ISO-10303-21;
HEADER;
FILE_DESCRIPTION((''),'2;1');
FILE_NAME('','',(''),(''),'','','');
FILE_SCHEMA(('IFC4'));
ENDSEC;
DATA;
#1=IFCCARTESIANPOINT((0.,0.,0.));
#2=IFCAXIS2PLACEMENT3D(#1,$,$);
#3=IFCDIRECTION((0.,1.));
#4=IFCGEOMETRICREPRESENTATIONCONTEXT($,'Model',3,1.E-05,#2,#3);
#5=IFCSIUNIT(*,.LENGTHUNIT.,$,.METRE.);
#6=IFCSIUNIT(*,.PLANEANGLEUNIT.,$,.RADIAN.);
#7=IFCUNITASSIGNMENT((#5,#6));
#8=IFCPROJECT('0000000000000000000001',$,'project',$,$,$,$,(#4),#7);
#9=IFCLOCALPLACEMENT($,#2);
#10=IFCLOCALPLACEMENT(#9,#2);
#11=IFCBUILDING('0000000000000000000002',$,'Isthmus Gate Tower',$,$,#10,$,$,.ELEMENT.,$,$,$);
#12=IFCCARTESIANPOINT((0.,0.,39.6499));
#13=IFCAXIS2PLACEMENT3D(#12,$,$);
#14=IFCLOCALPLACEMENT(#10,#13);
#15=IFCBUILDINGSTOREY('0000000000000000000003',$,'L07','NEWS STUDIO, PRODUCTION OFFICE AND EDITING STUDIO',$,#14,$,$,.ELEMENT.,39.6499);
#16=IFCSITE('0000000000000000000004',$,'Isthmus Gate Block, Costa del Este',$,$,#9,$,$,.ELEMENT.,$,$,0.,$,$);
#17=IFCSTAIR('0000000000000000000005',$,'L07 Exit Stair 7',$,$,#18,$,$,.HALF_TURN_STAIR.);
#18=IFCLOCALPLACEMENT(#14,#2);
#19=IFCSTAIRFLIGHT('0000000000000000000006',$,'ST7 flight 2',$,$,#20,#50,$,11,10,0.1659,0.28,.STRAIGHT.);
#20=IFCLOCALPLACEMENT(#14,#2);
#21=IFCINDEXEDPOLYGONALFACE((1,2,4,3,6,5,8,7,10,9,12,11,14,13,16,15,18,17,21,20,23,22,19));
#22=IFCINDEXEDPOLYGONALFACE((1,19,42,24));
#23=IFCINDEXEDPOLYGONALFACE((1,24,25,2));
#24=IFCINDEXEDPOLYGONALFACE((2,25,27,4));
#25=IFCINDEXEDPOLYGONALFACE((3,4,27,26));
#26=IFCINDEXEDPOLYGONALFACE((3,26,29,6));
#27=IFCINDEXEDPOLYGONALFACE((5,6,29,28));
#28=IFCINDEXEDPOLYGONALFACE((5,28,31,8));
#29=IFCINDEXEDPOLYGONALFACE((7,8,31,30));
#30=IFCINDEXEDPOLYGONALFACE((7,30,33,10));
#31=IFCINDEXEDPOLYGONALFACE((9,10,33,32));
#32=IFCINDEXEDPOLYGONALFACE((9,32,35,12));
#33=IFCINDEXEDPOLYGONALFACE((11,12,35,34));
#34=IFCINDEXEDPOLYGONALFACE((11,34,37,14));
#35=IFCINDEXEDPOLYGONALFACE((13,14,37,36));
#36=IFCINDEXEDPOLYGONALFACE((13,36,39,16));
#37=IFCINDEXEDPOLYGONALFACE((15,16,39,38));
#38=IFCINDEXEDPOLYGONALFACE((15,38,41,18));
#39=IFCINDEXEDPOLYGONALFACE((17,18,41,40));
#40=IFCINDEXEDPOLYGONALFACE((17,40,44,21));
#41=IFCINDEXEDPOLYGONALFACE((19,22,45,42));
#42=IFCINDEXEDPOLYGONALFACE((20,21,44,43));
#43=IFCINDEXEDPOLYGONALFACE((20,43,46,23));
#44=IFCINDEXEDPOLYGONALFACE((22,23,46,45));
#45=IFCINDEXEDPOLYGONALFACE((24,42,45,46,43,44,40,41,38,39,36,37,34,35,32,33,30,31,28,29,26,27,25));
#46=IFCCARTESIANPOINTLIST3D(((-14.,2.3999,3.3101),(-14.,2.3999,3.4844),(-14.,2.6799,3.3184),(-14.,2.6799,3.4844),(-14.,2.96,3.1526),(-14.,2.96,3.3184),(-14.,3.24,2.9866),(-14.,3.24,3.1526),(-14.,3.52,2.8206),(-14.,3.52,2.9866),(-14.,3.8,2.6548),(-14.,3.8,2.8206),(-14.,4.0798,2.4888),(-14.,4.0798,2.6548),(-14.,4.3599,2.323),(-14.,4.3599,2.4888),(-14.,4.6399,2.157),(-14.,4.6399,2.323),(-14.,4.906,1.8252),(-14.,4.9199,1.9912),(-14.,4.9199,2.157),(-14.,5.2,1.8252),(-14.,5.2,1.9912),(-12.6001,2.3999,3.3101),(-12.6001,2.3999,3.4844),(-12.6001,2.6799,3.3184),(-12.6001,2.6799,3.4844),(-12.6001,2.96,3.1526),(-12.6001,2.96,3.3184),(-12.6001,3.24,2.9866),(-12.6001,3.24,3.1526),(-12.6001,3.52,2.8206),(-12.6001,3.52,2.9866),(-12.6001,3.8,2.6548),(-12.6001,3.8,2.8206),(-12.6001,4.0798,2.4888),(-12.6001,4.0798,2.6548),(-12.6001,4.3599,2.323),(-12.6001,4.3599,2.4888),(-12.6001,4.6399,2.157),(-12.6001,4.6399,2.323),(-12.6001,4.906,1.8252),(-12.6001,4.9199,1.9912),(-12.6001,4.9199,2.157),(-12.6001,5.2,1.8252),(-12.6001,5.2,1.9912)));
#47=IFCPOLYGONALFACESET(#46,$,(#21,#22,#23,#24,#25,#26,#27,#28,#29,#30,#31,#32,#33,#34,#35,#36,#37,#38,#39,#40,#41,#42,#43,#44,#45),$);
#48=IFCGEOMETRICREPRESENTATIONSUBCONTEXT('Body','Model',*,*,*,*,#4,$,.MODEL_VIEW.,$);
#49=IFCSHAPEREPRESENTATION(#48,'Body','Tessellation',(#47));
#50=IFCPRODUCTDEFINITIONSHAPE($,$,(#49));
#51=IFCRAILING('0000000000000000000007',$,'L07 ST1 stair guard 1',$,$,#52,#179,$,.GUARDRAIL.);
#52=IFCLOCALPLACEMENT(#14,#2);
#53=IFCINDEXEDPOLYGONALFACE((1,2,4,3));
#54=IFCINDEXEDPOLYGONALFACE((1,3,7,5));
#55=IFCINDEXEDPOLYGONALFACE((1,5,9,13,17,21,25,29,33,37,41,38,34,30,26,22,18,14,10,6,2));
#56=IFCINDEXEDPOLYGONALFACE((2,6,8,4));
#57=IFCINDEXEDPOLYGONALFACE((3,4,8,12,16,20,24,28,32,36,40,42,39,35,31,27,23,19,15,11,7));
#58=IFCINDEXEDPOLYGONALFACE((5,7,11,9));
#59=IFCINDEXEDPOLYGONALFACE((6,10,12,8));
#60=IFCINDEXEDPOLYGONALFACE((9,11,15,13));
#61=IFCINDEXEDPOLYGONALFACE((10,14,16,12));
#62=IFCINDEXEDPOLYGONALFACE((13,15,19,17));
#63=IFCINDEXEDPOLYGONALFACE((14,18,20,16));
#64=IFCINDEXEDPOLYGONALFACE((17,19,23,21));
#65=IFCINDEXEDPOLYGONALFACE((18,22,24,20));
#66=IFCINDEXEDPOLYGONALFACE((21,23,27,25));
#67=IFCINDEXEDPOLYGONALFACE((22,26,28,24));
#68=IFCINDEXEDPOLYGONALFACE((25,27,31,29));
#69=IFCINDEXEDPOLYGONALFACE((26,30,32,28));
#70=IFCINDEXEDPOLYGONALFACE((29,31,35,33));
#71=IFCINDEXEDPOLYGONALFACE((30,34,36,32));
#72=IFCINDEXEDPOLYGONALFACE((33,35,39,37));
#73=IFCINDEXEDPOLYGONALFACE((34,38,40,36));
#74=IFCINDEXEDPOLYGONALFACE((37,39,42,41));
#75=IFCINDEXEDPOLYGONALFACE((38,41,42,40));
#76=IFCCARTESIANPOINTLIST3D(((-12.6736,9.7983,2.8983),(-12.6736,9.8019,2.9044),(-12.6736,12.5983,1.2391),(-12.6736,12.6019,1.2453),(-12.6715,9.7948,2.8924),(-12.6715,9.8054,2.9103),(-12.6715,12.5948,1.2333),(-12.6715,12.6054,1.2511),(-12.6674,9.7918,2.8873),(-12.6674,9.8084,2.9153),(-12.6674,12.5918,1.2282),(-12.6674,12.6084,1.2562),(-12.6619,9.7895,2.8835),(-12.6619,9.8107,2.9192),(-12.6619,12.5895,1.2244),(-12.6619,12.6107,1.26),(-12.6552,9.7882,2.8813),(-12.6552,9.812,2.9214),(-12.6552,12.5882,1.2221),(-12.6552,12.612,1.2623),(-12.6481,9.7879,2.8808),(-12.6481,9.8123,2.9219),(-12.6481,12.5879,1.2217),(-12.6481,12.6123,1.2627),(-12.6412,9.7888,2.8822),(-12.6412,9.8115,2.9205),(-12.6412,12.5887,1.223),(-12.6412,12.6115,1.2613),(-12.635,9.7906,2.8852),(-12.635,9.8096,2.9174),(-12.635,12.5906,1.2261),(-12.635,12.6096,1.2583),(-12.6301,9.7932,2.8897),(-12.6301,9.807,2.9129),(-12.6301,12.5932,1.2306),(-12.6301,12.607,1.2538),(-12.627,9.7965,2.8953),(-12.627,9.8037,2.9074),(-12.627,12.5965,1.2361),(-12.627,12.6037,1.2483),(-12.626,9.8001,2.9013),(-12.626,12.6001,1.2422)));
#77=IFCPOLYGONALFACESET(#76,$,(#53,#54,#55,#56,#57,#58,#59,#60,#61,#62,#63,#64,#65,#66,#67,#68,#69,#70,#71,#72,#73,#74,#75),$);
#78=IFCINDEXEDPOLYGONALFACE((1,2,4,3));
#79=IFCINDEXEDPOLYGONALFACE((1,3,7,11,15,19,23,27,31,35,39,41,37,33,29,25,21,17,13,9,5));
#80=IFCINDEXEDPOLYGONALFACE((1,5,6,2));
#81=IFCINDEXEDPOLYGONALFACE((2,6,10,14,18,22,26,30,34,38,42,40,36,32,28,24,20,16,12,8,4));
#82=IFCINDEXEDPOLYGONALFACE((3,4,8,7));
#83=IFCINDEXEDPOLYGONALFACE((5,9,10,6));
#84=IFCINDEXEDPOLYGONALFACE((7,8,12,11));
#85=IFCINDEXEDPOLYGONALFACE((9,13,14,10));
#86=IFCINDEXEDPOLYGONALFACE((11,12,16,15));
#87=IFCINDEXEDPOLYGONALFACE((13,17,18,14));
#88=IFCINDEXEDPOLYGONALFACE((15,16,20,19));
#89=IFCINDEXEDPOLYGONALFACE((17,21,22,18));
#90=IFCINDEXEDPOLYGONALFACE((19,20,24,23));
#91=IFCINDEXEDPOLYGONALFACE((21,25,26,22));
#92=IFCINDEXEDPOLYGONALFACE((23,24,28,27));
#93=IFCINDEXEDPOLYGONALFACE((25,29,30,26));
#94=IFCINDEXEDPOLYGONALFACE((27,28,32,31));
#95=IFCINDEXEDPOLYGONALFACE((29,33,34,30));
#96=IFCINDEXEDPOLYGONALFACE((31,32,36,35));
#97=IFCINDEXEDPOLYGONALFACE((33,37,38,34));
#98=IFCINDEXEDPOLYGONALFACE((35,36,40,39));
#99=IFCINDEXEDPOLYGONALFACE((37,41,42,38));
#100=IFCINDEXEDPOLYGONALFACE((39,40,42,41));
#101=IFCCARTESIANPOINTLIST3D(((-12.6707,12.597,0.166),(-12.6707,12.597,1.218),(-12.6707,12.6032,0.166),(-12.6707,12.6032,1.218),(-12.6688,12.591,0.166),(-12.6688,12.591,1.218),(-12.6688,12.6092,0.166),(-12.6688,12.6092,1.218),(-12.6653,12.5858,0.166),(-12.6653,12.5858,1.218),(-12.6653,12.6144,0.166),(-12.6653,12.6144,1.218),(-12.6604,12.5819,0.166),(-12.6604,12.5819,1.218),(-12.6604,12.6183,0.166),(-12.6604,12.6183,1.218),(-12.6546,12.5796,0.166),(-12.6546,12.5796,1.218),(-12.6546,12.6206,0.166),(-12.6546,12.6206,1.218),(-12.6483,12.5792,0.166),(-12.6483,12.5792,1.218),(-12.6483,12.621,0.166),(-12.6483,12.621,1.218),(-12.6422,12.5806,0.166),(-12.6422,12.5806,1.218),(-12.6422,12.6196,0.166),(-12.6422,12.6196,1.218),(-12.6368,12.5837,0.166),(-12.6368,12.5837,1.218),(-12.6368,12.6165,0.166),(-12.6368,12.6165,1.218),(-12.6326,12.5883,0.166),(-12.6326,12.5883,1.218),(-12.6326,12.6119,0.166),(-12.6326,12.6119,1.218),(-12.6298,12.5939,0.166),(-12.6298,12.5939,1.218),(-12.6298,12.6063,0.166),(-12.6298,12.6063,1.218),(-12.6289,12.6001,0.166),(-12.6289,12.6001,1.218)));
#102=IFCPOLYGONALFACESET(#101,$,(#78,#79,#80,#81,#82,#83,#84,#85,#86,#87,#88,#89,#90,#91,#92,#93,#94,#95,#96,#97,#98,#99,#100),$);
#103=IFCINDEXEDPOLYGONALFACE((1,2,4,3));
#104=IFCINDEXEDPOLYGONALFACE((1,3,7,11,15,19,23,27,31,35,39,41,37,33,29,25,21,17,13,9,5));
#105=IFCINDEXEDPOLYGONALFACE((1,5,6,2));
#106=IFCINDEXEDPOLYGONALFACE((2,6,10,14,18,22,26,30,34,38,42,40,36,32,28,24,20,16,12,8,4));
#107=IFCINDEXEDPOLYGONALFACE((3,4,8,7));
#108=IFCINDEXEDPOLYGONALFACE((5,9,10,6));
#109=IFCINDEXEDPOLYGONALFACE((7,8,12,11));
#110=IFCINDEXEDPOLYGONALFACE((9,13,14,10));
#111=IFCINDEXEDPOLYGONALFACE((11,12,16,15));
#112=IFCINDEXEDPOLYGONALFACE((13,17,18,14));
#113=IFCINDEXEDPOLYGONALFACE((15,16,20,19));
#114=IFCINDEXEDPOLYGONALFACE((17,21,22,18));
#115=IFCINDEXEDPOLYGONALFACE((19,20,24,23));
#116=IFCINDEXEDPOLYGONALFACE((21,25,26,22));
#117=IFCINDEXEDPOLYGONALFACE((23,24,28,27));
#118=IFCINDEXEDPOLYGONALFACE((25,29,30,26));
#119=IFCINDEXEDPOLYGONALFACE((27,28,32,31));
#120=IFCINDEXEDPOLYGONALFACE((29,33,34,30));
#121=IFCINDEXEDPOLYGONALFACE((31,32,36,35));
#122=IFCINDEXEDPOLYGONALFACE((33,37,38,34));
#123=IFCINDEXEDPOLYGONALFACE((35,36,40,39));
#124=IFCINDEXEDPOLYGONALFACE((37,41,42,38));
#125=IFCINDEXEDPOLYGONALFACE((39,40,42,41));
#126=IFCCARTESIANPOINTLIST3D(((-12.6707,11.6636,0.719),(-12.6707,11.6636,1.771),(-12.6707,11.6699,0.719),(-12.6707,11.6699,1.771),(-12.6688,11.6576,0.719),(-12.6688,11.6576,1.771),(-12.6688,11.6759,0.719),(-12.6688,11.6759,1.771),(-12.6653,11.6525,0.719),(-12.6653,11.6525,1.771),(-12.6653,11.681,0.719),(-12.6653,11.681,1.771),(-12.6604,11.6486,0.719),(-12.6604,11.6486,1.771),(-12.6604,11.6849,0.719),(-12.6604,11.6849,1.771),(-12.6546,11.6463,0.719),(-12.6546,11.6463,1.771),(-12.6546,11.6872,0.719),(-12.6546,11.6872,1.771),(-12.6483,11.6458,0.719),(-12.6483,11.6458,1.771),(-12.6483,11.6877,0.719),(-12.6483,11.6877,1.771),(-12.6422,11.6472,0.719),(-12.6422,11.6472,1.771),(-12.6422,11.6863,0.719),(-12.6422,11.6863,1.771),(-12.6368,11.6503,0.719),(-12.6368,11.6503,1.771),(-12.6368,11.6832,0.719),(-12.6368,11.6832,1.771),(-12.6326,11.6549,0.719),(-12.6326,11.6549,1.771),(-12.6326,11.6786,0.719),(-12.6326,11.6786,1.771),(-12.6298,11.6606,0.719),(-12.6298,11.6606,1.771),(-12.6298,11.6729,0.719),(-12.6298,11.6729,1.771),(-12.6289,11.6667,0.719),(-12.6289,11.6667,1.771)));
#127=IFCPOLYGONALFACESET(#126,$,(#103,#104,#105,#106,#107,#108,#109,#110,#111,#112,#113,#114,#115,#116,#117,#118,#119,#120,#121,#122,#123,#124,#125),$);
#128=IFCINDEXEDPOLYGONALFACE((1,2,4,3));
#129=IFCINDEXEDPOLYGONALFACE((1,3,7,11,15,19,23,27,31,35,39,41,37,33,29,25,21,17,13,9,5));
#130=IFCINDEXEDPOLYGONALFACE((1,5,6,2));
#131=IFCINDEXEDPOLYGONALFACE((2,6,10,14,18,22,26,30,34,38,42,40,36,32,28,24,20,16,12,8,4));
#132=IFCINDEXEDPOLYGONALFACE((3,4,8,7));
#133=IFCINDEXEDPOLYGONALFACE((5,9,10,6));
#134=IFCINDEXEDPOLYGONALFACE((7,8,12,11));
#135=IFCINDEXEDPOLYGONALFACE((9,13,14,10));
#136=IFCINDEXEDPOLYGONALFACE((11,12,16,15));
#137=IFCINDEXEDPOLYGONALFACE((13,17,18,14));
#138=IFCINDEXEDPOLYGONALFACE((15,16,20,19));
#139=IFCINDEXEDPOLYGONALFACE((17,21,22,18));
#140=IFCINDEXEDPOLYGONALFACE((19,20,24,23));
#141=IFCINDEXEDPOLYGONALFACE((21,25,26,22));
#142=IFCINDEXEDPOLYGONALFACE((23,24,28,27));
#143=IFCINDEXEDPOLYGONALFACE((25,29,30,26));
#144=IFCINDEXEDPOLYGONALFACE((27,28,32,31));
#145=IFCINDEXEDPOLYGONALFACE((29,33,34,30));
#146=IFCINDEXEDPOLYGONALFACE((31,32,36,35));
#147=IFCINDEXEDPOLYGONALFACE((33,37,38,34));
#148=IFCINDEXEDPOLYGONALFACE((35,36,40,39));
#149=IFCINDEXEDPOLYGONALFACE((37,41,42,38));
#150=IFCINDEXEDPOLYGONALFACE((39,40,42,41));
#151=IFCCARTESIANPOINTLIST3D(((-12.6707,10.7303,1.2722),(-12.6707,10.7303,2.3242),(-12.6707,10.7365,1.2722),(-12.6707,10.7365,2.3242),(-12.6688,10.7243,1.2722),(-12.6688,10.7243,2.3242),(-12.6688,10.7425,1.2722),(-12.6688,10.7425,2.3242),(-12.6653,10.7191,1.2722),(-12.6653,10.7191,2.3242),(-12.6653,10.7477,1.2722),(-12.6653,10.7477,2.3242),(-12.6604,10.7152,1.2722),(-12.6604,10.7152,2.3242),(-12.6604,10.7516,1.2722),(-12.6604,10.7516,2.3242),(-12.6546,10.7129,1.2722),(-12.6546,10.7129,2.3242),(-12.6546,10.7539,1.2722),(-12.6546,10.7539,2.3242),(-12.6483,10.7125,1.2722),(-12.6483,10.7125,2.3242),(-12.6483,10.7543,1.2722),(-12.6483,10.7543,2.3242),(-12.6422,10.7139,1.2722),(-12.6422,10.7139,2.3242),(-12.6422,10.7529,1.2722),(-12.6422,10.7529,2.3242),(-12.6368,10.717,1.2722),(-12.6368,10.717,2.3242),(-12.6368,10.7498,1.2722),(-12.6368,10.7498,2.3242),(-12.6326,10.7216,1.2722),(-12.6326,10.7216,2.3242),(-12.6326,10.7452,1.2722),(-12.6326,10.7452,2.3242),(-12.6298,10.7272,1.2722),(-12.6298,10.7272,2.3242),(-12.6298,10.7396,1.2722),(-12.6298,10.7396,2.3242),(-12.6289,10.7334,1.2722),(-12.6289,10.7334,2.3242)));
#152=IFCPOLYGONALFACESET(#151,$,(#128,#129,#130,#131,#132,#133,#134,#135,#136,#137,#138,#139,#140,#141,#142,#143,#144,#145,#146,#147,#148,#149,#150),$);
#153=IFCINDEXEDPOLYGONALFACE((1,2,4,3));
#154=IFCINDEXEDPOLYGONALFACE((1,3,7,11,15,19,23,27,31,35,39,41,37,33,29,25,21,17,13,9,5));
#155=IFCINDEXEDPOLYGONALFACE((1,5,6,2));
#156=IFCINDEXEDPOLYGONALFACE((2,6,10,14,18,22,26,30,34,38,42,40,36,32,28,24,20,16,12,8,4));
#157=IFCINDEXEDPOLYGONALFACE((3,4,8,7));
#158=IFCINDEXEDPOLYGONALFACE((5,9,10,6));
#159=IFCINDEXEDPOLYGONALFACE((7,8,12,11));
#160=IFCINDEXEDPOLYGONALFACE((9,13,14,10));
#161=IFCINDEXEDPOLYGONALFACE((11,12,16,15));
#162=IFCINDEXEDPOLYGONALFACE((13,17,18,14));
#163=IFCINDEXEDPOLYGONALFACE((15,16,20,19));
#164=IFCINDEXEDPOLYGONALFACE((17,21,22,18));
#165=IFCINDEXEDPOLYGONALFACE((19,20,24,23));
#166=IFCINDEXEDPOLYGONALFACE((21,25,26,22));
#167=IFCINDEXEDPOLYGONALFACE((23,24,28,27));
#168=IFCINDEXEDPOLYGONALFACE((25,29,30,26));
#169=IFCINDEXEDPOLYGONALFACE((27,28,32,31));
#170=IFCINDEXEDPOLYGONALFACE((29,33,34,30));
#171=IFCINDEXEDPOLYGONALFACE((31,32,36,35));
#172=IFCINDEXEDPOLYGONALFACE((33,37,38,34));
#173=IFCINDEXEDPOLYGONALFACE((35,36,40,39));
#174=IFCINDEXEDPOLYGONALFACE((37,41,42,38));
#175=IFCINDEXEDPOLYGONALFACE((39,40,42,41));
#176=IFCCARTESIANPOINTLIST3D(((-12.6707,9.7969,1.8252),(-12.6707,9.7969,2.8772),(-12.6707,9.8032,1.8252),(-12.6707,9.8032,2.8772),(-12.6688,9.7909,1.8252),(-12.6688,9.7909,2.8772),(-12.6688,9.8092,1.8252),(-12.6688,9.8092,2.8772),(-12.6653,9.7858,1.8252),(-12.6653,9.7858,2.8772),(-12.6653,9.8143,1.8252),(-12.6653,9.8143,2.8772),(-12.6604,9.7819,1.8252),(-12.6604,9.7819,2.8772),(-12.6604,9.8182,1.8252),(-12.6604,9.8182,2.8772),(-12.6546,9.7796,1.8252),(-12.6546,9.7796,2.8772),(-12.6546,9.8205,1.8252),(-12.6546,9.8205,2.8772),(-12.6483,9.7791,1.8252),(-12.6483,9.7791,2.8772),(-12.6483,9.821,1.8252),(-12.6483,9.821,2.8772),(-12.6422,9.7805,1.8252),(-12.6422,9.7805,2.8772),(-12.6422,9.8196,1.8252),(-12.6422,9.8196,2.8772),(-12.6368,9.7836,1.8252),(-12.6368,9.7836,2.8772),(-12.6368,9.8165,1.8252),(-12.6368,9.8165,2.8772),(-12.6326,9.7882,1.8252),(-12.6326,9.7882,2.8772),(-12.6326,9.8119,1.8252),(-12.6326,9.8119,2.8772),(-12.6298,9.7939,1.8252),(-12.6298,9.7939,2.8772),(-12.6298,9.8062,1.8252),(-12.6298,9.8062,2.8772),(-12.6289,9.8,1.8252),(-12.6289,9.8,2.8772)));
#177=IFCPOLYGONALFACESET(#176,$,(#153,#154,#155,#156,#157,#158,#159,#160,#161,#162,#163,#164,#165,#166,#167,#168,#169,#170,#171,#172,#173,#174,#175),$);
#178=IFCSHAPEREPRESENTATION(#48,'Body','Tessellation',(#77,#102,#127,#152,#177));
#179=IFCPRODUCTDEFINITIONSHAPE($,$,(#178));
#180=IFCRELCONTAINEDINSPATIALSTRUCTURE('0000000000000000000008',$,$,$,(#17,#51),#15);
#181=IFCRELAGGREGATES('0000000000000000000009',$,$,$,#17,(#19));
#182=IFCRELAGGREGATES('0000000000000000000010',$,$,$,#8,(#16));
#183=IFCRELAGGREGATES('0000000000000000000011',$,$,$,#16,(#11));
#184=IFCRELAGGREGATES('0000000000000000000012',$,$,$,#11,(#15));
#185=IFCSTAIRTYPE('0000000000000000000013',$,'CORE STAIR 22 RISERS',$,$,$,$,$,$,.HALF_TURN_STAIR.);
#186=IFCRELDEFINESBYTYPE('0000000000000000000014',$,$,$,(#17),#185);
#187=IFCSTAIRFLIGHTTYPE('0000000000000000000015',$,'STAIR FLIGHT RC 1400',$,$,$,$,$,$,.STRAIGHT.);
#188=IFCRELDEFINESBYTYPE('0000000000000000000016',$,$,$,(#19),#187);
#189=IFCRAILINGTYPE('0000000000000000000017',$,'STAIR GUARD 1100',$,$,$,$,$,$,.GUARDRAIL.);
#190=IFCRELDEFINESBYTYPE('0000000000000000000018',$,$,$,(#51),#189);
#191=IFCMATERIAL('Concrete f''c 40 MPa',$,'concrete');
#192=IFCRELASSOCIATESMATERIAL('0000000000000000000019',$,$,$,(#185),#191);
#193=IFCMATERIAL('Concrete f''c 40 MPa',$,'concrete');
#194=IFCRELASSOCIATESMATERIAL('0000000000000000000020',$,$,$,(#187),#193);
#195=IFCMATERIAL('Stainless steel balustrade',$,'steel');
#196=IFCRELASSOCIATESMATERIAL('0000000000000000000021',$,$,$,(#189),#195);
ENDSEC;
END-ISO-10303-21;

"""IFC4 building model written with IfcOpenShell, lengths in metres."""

from ifc_helpers import new_model, si_unit, direction, frame, origin, origin_2d, place, context, subcontext, project, spatial, polyline, circle, outline, extrude, material, type_object, element, aggregate, save


model = new_model("IFC4")

# Units and contexts
model_context = context("Model", 3, precision=1e-05, world=origin(), true_north=direction((0.0, 1.0)))
body_context = subcontext(model_context, "Body", "Model", "MODEL_VIEW")
ifc_project = project(units=[si_unit("LENGTHUNIT", "METRE"), si_unit("PLANEANGLEUNIT", "RADIAN")], contexts=[model_context])

# Site, building, storey
site_placement = place(None, origin())
site = spatial("IfcSite", under=ifc_project, at=site_placement, Name="Isthmus Gate Block, Costa del Este", CompositionType="ELEMENT", RefElevation=0.0)
building_placement = place(site_placement, origin())
building = spatial("IfcBuilding", under=site, at=building_placement, Name="Isthmus Gate Tower", CompositionType="ELEMENT")
storey_placement = place(building_placement, frame((0.0, 0.0, 39.6499)))
storey = spatial("IfcBuildingStorey", under=building, at=storey_placement, Name="L07", Description="NEWS STUDIO, PRODUCTION OFFICE AND EDITING STUDIO", CompositionType="ELEMENT", Elevation=39.6499)

# Stair, stair flight
ifc_material_1 = material(Name="Concrete f'c 40 MPa", Category="concrete")
stair_type = type_object("IfcStairType", Name="CORE STAIR 22 RISERS", PredefinedType="HALF_TURN_STAIR", material=ifc_material_1)
ifc_material_2 = material(Name="Concrete f'c 40 MPa", Category="concrete")
stair_flight_type = type_object("IfcStairFlightType", Name="STAIR FLIGHT RC 1400", PredefinedType="STRAIGHT", material=ifc_material_2)
stair_1_placement = place(storey_placement, origin())
stair_1 = element("IfcStair", 1, at=stair_1_placement, inside=storey, type_object=stair_type, Name="L07 Exit Stair 7", PredefinedType="HALF_TURN_STAIR")
stair_flight_1_placement = place(storey_placement, frame((-13.3, 5.2, 1.8252), z_axis=(0.0, 0.0, 1.0), x_axis=(0.0, -1.0, 0.0)))
stair_flight_1 = element("IfcStairFlight", 2, at=stair_flight_1_placement, type_object=stair_flight_type, Name="ST7 flight 2", NumberOfRisers=11, NumberOfTreads=10, PredefinedType="STRAIGHT", RiserHeight=0.1659, TreadLength=0.28, context=body_context, shape_type="SweptSolid", body=[
    extrude(outline(polyline([(0.0, 0.0), (0.0, 0.166), (0.28, 0.166), (0.28, 0.3318), (0.5601, 0.3318), (0.5601, 0.4978), (0.8401, 0.4978), (0.8401, 0.6636), (1.1201, 0.6636), (1.1201, 0.8296), (1.3999, 0.8296), (1.3999, 0.9954), (1.6799, 0.9954), (1.6799, 1.1614), (1.96, 1.1614), (1.96, 1.3274), (2.24, 1.3274), (2.24, 1.4932), (2.52, 1.4932), (2.52, 1.6592), (2.8, 1.6592), (2.8, 1.825), (2.8, 1.4849), (0.2939, 0.0), (0.0, 0.0)])), frame((0.0, 0.7, 0.0), z_axis=(0.0, -1.0, 0.0), x_axis=(1.0, 0.0, 0.0)), (0.0, 0.0, 1.0), 1.3999),
])
aggregate(stair_1, [stair_flight_1])

# Railing
ifc_material_3 = material(Name="Stainless steel balustrade", Category="steel")
railing_type_1 = type_object("IfcRailingType", Name="STAIR GUARD 1100", PredefinedType="GUARDRAIL", material=ifc_material_3)
railing_1_placement = place(storey_placement, frame((-12.6499, 12.6001, 0.166)))
element("IfcRailing", 3, at=railing_1_placement, inside=storey, type_object=railing_type_1, Name="L07 ST1 stair guard 1", PredefinedType="GUARDRAIL", context=body_context, shape_type="SweptSolid", body=[
    extrude(circle(Radius=0.0239, at=origin_2d()), frame((0.0, 0.0, 1.0762), z_axis=(0.0, -0.860306, 0.509778), x_axis=(1.0, 0.0, 0.0)), (0.0, 0.0, 1.0), 3.2546),
    extrude(circle(Radius=0.021, at=origin_2d()), origin(), (0.0, 0.0, 1.0), 1.052),
    extrude(circle(Radius=0.021, at=origin_2d()), frame((0.0, -0.9333, 0.553)), (0.0, 0.0, 1.0), 1.052),
    extrude(circle(Radius=0.021, at=origin_2d()), frame((0.0, -1.8667, 1.1062)), (0.0, 0.0, 1.0), 1.052),
    extrude(circle(Radius=0.021, at=origin_2d()), frame((0.0, -2.8, 1.6592)), (0.0, 0.0, 1.0), 1.052),
])

save(model, "model.ifc")
